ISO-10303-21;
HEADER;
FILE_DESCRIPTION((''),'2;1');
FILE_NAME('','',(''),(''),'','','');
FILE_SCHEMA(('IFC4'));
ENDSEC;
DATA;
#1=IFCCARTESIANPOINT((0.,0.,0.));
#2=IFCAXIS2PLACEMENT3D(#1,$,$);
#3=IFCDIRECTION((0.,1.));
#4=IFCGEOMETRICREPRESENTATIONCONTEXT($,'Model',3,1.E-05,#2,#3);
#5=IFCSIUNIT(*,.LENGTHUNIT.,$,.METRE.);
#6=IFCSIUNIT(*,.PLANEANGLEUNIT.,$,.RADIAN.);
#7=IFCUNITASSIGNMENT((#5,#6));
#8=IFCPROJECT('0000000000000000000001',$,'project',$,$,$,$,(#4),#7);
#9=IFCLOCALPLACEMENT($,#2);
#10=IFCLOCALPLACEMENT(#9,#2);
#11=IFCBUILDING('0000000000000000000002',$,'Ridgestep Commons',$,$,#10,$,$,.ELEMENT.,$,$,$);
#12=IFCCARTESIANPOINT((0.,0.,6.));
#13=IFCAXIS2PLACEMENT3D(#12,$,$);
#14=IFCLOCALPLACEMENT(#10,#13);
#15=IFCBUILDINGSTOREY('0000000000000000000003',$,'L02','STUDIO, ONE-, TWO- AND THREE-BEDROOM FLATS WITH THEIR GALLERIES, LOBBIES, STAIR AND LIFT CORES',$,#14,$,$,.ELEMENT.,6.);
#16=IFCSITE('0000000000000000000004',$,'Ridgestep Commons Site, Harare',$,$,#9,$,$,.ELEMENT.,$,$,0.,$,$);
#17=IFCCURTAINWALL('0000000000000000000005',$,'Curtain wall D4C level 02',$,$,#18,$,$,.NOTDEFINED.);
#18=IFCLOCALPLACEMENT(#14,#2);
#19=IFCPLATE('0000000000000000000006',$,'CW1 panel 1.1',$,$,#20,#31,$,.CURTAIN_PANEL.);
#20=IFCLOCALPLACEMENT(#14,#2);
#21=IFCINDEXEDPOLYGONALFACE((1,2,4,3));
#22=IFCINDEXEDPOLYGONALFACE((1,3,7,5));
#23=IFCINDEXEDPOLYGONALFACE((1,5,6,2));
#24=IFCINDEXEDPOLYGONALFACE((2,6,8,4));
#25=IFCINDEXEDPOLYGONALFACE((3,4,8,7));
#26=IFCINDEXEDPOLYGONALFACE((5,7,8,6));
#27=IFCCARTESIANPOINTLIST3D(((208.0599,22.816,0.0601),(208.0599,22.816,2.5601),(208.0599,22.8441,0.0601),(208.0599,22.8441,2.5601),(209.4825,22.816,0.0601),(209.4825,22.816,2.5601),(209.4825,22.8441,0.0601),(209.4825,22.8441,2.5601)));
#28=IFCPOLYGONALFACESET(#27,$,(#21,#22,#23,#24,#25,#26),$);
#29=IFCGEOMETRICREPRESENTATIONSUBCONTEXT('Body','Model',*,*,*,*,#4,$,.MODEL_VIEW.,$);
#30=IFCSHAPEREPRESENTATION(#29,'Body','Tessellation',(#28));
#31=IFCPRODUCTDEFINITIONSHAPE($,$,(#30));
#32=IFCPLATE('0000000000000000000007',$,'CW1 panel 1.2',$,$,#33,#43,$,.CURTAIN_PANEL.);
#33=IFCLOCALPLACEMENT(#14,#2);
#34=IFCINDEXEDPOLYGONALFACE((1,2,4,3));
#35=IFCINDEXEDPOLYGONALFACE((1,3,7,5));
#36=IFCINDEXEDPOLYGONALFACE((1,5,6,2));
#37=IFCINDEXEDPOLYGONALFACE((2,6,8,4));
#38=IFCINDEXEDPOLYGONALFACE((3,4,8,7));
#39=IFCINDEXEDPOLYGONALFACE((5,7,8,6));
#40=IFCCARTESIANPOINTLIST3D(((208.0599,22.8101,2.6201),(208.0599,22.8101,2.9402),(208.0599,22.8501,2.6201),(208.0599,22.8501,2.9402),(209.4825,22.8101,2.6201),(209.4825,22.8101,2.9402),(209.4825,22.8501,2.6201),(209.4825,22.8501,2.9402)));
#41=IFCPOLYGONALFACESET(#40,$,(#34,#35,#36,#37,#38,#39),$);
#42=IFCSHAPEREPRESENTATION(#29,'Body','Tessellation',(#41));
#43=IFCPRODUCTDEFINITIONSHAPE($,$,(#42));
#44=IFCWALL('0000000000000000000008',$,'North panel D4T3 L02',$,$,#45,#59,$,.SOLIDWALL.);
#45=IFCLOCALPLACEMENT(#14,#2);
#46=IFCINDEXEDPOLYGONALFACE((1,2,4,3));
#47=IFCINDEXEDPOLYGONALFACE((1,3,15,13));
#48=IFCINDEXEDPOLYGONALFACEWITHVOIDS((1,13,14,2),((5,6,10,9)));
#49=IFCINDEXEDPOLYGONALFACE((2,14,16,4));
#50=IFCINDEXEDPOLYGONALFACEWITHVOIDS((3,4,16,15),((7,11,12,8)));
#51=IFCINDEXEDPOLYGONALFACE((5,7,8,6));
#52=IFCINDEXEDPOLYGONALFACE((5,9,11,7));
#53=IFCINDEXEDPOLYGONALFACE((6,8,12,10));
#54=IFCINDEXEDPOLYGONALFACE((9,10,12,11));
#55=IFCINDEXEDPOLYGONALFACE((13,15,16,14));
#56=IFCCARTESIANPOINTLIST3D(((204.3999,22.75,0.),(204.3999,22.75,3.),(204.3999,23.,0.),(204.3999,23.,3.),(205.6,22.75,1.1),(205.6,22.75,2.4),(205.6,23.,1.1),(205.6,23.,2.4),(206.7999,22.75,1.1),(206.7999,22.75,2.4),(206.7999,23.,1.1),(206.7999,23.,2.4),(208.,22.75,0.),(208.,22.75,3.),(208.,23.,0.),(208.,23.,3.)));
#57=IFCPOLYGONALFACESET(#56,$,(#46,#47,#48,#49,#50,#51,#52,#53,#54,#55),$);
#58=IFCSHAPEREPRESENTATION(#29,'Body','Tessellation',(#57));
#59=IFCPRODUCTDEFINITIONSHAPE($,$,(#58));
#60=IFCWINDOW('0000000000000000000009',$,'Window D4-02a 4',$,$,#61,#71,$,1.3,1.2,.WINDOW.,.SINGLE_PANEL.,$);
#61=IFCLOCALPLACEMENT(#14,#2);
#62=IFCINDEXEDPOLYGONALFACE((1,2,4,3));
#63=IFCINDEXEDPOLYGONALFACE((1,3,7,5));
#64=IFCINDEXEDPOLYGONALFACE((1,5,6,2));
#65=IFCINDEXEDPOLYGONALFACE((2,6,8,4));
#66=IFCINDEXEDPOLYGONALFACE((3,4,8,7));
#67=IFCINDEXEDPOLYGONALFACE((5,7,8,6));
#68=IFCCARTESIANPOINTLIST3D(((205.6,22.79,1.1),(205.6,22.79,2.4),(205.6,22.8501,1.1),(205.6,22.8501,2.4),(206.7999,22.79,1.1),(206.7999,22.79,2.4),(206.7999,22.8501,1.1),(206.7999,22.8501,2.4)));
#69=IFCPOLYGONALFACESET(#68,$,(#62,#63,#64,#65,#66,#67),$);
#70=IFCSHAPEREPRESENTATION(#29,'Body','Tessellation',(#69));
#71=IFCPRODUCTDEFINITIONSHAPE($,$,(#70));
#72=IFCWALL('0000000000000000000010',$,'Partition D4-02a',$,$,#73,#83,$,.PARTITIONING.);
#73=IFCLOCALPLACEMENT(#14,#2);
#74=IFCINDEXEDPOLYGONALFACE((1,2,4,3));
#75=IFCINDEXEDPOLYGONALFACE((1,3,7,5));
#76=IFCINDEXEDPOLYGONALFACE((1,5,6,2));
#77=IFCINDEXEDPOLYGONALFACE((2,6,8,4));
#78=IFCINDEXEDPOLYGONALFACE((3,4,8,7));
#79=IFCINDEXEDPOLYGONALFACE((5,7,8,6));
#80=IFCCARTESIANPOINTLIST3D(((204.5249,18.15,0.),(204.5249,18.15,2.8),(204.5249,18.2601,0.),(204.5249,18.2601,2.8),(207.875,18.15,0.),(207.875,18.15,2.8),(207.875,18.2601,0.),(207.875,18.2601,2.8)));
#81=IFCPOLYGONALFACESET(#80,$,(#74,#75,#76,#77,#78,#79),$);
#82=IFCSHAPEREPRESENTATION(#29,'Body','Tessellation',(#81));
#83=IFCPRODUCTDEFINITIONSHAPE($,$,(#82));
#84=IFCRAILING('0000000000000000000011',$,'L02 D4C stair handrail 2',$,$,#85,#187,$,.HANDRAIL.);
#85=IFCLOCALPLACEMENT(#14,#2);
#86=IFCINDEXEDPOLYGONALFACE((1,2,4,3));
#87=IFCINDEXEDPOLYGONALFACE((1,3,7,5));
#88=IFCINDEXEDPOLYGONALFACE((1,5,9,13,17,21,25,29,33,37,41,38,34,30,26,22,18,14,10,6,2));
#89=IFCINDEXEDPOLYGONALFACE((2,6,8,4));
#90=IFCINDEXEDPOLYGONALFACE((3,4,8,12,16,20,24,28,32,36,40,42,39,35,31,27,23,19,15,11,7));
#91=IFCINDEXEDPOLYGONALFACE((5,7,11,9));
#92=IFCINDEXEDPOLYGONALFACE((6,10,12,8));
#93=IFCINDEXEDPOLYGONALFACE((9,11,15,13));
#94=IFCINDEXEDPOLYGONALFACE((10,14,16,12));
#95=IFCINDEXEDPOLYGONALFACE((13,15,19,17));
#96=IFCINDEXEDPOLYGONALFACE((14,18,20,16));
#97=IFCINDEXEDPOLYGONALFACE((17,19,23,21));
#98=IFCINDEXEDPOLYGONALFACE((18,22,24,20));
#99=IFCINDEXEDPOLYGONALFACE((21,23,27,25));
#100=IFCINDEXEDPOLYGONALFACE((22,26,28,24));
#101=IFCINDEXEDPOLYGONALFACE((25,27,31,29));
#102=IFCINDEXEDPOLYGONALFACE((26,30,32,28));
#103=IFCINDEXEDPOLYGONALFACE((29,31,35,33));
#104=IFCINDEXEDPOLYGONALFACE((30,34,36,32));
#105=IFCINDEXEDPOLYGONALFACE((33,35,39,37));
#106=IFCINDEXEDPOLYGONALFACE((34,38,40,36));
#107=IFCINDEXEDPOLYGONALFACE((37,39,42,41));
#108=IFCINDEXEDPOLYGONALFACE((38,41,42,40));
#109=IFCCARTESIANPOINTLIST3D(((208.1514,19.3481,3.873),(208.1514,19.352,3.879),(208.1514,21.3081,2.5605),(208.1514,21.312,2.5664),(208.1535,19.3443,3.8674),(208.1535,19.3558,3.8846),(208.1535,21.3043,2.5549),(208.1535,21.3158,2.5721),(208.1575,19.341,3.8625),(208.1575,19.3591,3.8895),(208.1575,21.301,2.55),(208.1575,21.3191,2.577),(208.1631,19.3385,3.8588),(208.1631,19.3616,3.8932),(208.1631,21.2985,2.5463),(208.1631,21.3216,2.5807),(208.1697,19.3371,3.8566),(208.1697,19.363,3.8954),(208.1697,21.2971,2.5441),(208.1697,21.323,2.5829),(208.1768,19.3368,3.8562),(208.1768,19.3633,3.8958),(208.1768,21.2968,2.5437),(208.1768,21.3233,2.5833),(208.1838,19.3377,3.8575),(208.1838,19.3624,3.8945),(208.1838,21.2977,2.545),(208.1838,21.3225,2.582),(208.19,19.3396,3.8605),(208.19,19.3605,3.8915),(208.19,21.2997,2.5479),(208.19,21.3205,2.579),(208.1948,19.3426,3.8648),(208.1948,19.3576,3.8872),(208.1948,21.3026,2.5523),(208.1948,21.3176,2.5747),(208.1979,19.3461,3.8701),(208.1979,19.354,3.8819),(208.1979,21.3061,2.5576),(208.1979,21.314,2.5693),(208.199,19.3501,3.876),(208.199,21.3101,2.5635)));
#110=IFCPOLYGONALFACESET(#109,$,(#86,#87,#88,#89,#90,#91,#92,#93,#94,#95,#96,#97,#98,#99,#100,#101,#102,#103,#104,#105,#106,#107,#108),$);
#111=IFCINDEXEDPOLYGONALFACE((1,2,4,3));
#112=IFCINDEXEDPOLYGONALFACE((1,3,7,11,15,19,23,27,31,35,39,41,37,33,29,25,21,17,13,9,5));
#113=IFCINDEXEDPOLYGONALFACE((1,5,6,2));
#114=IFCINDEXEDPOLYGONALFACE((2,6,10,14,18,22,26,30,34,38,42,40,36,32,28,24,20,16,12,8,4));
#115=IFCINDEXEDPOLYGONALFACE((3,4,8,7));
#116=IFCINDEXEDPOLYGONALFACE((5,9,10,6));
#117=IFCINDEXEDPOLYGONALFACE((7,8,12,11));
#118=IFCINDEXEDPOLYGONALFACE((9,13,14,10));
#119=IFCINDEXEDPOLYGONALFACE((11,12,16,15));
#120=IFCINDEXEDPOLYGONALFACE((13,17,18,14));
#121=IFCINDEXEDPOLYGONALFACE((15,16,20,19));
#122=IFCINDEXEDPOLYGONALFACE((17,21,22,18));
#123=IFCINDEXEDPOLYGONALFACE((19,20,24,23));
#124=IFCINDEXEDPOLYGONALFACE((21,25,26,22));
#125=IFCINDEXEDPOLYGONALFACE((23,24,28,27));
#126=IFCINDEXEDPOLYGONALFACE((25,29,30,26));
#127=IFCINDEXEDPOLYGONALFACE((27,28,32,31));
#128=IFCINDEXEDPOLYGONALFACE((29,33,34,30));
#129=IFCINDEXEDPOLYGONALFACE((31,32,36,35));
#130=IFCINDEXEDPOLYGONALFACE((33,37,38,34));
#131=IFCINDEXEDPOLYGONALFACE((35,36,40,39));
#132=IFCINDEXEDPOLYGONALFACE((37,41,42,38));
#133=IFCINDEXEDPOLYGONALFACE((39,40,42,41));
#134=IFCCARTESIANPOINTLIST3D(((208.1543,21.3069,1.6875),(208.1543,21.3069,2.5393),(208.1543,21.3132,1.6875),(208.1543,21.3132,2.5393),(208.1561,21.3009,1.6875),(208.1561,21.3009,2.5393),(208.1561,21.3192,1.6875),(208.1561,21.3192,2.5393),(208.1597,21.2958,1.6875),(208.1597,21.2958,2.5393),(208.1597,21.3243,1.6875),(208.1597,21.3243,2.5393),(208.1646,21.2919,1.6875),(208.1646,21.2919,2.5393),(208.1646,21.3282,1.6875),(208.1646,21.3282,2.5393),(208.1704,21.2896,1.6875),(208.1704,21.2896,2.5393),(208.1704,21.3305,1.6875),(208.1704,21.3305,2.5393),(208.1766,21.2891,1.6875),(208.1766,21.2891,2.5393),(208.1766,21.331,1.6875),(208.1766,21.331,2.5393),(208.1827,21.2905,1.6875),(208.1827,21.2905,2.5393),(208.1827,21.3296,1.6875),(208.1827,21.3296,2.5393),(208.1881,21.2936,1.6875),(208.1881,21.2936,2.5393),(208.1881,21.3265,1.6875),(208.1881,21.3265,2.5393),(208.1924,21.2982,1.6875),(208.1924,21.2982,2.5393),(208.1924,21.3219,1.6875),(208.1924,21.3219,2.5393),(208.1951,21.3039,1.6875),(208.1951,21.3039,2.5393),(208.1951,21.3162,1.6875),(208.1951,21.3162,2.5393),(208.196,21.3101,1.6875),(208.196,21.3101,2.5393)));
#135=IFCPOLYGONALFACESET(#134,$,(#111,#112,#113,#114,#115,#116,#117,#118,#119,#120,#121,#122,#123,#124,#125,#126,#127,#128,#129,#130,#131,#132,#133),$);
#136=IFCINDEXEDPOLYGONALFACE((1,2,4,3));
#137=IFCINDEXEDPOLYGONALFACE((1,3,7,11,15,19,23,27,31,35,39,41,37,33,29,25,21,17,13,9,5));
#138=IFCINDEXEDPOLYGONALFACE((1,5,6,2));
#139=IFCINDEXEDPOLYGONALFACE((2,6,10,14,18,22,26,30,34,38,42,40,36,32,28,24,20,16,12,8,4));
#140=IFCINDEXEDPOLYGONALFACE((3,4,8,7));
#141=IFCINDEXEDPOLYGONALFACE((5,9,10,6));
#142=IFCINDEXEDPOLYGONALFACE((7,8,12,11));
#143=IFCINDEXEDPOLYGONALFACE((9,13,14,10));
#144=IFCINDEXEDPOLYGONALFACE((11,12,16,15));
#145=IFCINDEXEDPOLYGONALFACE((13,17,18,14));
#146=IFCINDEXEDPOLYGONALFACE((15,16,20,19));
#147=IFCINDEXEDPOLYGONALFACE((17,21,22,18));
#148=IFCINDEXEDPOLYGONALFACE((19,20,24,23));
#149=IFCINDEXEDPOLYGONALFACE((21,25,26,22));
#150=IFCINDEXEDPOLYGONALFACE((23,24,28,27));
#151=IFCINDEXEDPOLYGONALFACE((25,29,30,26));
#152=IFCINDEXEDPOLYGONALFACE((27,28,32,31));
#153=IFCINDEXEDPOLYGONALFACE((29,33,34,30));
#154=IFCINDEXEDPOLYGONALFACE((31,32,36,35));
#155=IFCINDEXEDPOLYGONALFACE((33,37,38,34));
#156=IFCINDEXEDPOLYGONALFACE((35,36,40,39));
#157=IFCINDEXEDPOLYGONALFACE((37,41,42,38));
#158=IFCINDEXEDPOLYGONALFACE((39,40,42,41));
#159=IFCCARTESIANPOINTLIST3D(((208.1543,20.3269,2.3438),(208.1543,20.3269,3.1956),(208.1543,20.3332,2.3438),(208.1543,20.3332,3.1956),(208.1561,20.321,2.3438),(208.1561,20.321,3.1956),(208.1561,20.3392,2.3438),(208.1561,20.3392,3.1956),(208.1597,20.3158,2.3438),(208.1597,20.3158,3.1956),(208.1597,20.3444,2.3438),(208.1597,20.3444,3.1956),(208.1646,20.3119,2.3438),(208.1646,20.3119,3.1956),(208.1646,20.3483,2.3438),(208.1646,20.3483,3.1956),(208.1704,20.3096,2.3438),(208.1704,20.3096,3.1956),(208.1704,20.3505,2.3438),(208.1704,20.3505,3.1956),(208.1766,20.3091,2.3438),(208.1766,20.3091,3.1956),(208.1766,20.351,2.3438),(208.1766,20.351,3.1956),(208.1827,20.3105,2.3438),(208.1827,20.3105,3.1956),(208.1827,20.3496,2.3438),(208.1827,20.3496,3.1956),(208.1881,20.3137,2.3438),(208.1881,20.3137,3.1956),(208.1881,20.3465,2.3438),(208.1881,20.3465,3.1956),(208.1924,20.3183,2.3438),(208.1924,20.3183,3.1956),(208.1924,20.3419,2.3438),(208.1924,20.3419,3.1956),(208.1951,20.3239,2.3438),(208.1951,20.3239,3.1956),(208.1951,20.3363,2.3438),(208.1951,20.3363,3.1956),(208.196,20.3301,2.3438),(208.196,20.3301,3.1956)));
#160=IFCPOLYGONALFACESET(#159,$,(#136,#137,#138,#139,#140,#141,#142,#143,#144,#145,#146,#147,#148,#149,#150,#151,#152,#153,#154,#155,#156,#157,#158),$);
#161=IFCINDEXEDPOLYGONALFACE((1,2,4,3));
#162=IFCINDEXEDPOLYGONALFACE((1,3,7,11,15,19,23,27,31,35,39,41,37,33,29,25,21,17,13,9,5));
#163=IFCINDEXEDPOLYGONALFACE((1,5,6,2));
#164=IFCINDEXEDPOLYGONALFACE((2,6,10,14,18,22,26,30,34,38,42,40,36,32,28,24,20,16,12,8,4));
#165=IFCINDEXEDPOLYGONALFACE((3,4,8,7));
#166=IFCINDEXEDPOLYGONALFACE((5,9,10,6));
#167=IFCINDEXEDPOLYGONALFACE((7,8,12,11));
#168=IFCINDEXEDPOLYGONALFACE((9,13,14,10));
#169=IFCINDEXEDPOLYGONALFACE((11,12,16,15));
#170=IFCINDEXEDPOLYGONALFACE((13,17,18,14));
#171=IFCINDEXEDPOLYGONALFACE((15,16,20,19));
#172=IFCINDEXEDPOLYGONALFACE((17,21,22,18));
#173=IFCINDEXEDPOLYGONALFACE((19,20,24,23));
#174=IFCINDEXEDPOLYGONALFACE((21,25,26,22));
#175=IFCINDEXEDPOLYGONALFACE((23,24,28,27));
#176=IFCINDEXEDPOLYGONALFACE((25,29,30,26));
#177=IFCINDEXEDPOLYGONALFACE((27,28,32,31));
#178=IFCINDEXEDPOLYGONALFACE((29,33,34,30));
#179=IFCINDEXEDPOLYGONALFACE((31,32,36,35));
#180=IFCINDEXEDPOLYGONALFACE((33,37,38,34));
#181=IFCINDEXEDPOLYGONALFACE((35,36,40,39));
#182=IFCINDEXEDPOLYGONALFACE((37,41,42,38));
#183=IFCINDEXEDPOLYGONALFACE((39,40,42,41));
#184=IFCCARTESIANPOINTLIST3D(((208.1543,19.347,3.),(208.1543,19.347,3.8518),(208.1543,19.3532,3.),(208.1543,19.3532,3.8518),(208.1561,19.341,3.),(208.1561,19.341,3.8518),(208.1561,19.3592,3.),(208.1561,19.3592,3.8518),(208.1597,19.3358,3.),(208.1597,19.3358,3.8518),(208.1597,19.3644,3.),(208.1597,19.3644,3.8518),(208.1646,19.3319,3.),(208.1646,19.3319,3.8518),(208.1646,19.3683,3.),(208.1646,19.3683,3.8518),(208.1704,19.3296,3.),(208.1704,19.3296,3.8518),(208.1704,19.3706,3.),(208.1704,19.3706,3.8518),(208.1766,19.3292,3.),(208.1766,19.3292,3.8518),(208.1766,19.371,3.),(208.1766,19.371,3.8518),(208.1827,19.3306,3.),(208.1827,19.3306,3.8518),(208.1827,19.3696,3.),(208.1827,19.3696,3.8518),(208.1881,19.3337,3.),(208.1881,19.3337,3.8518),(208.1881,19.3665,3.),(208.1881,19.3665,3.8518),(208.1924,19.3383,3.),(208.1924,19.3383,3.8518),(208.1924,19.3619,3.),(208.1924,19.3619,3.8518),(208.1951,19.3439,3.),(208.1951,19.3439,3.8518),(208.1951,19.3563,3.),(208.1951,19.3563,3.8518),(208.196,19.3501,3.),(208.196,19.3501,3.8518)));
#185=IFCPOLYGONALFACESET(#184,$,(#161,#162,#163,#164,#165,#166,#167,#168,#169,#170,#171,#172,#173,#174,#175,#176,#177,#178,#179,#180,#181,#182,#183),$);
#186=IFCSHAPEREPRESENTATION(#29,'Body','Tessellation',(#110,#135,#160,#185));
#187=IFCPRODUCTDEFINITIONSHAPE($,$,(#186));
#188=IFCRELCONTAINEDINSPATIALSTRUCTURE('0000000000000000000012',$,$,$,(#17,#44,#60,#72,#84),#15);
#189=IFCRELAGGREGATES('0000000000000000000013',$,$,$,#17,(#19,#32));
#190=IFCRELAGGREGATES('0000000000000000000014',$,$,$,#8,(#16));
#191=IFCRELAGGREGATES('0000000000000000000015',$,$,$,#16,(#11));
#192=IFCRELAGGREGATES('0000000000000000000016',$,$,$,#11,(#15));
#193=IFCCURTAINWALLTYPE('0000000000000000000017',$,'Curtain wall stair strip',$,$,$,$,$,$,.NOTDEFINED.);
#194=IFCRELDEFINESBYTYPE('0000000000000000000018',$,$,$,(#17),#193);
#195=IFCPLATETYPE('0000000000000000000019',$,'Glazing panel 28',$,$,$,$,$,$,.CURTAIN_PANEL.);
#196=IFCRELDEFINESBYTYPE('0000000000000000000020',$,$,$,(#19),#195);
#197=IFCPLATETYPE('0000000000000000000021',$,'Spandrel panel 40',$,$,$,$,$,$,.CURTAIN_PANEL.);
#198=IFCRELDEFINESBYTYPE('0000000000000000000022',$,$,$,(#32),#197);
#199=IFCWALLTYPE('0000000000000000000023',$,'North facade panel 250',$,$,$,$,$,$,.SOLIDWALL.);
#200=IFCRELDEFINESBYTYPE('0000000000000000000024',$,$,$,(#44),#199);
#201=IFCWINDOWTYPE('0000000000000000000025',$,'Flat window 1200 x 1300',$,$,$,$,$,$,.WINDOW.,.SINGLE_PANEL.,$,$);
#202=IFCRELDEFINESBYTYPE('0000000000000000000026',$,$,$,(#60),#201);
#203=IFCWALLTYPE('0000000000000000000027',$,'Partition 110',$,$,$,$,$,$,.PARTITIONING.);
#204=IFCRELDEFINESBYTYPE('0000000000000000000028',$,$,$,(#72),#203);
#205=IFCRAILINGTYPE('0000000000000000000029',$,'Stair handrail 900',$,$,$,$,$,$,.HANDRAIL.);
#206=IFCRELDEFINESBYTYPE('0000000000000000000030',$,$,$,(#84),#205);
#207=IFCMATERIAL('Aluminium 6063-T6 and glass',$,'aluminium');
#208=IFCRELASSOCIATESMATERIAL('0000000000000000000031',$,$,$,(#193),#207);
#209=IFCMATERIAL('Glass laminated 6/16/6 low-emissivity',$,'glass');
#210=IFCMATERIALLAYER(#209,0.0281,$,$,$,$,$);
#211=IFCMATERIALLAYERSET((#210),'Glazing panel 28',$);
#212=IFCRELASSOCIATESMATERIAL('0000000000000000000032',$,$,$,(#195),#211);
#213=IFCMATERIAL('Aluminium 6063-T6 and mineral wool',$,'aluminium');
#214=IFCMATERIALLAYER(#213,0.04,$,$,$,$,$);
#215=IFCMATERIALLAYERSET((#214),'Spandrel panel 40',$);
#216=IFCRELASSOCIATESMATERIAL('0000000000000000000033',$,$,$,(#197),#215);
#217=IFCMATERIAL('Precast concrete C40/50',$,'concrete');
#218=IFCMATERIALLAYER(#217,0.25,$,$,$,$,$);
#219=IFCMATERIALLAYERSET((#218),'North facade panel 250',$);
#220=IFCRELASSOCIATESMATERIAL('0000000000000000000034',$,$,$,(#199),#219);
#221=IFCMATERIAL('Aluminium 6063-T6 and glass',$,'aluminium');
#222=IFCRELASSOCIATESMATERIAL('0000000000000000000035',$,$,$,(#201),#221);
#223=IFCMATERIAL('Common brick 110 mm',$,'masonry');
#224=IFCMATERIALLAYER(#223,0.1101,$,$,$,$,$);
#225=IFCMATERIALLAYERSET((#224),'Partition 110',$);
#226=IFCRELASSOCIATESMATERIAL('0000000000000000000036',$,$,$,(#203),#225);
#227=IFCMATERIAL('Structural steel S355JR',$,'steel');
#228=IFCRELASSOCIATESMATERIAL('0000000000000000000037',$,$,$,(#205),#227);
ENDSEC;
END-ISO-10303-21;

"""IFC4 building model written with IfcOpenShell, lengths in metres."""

from ifc_helpers import new_model, si_unit, direction, frame, frame_2d, origin, origin_2d, place, context, subcontext, project, spatial, rectangle, circle, extrude, material, layer, layer_set, type_object, element, fill, aggregate, save


model = new_model("IFC4")

# Units and contexts
model_context = context("Model", 3, precision=1e-05, world=origin(), true_north=direction((0.0, 1.0)))
body_context = subcontext(model_context, "Body", "Model", "MODEL_VIEW")
ifc_project = project(units=[si_unit("LENGTHUNIT", "METRE"), si_unit("PLANEANGLEUNIT", "RADIAN")], contexts=[model_context])

# Site, building, storey
site_placement = place(None, origin())
site = spatial("IfcSite", under=ifc_project, at=site_placement, Name="Ridgestep Commons Site, Harare", CompositionType="ELEMENT", RefElevation=0.0)
building_placement = place(site_placement, origin())
building = spatial("IfcBuilding", under=site, at=building_placement, Name="Ridgestep Commons", CompositionType="ELEMENT")
storey_placement = place(building_placement, frame((0.0, 0.0, 6.0)))
storey = spatial("IfcBuildingStorey", under=building, at=storey_placement, Name="L02", Description="STUDIO, ONE-, TWO- AND THREE-BEDROOM FLATS WITH THEIR GALLERIES, LOBBIES, STAIR AND LIFT CORES", CompositionType="ELEMENT", Elevation=6.0)

# Curtain wall
ifc_material_1 = material(Name="Aluminium 6063-T6 and glass", Category="aluminium")
curtain_wall_type = type_object("IfcCurtainWallType", Name="Curtain wall stair strip", PredefinedType="NOTDEFINED", material=ifc_material_1)
curtain_wall_placement = place(storey_placement, origin())
curtain_wall = element("IfcCurtainWall", 1, at=curtain_wall_placement, inside=storey, type_object=curtain_wall_type, Name="Curtain wall D4C level 02", PredefinedType="NOTDEFINED")

# Plates
ifc_material_2 = material(Name="Glass laminated 6/16/6 low-emissivity", Category="glass")
ifc_layer_1 = layer(ifc_material_2, 0.0281)
ifc_layer_set_1 = layer_set([ifc_layer_1], Name="Glazing panel 28")
plate_type_1 = type_object("IfcPlateType", Name="Glazing panel 28", PredefinedType="CURTAIN_PANEL", material=ifc_layer_set_1)
plate_1_placement = place(storey_placement, frame((208.7712, 22.8301, 0.0601), z_axis=(0.0, 0.0, 1.0), x_axis=(1.0, 0.0, 0.0)))
plate_1 = element("IfcPlate", 2, at=plate_1_placement, type_object=plate_type_1, Name="CW1 panel 1.1", PredefinedType="CURTAIN_PANEL", context=body_context, shape_type="SweptSolid", body=[
    extrude(rectangle(XDim=1.4226, YDim=0.0281, at=origin_2d()), origin(), (0.0, 0.0, 1.0), 2.5),
])
ifc_material_3 = material(Name="Aluminium 6063-T6 and mineral wool", Category="aluminium")
ifc_layer_2 = layer(ifc_material_3, 0.04)
ifc_layer_set_2 = layer_set([ifc_layer_2], Name="Spandrel panel 40")
plate_type_2 = type_object("IfcPlateType", Name="Spandrel panel 40", PredefinedType="CURTAIN_PANEL", material=ifc_layer_set_2)
plate_2_placement = place(storey_placement, frame((208.7712, 22.8301, 2.6201), z_axis=(0.0, 0.0, 1.0), x_axis=(1.0, 0.0, 0.0)))
plate_2 = element("IfcPlate", 3, at=plate_2_placement, type_object=plate_type_2, Name="CW1 panel 1.2", PredefinedType="CURTAIN_PANEL", context=body_context, shape_type="SweptSolid", body=[
    extrude(rectangle(XDim=1.4226, YDim=0.04, at=origin_2d()), origin(), (0.0, 0.0, 1.0), 0.3201),
])
aggregate(curtain_wall, [plate_1, plate_2])

# Wall, opening, window
ifc_material_4 = material(Name="Precast concrete C40/50", Category="concrete")
ifc_layer_3 = layer(ifc_material_4, 0.25)
ifc_layer_set_3 = layer_set([ifc_layer_3], Name="North facade panel 250")
wall_type_1 = type_object("IfcWallType", Name="North facade panel 250", PredefinedType="SOLIDWALL", material=ifc_layer_set_3)
wall_1_placement = place(storey_placement, frame((204.3999, 22.875, 0.0), z_axis=(0.0, 0.0, 1.0), x_axis=(1.0, 0.0, 0.0)))
wall_1 = element("IfcWall", 4, at=wall_1_placement, inside=storey, type_object=wall_type_1, Name="North panel D4T3 L02", PredefinedType="SOLIDWALL", context=body_context, shape_type="SweptSolid", body=[
    extrude(rectangle(XDim=3.6001, YDim=0.25, at=frame_2d((1.8, 0.0))), origin(), (0.0, 0.0, 1.0), 3.0),
])
opening_placement = place(wall_1_placement, frame((1.2, 0.0, 1.1001)))
opening = element("IfcOpeningElement", 5, at=opening_placement, cuts=wall_1, PredefinedType="OPENING", context=body_context, shape_type="SweptSolid", body=[
    extrude(rectangle(XDim=1.2, YDim=1.3, at=frame_2d((0.6001, 0.6499))), frame((0.0, 0.135, 0.0), z_axis=(0.0, -1.0, 0.0), x_axis=(1.0, 0.0, 0.0)), (0.0, 0.0, 1.0), 0.27),
])
ifc_material_5 = material(Name="Aluminium 6063-T6 and glass", Category="aluminium")
window_type = type_object("IfcWindowType", Name="Flat window 1200 x 1300", PartitioningType="SINGLE_PANEL", PredefinedType="WINDOW", material=ifc_material_5)
window_placement = place(opening_placement, origin())
window = element("IfcWindow", 6, at=window_placement, inside=storey, type_object=window_type, Name="Window D4-02a 4", OverallHeight=1.3, OverallWidth=1.2, PartitioningType="SINGLE_PANEL", PredefinedType="WINDOW", context=body_context, shape_type="SweptSolid", body=[
    extrude(rectangle(XDim=1.2, YDim=1.3, at=frame_2d((0.6001, 0.6499))), frame((0.0, -0.0249, 0.0), z_axis=(0.0, -1.0, 0.0), x_axis=(1.0, 0.0, 0.0)), (0.0, 0.0, 1.0), 0.0601),
])
fill(opening, window)

# Wall
ifc_material_6 = material(Name="Common brick 110 mm", Category="masonry")
ifc_layer_4 = layer(ifc_material_6, 0.1101)
ifc_layer_set_4 = layer_set([ifc_layer_4], Name="Partition 110")
wall_type_2 = type_object("IfcWallType", Name="Partition 110", PredefinedType="PARTITIONING", material=ifc_layer_set_4)
wall_2_placement = place(storey_placement, frame((204.5249, 18.2051, 0.0), z_axis=(0.0, 0.0, 1.0), x_axis=(1.0, 0.0, 0.0)))
element("IfcWall", 7, at=wall_2_placement, inside=storey, type_object=wall_type_2, Name="Partition D4-02a", PredefinedType="PARTITIONING", context=body_context, shape_type="SweptSolid", body=[
    extrude(rectangle(XDim=3.3501, YDim=0.1101, at=frame_2d((1.675, 0.0))), origin(), (0.0, 0.0, 1.0), 2.8),
])

# Railing
ifc_material_7 = material(Name="Structural steel S355JR", Category="steel")
railing_type = type_object("IfcRailingType", Name="Stair handrail 900", PredefinedType="HANDRAIL", material=ifc_material_7)
railing_placement = place(storey_placement, frame((208.175, 21.3101, 1.6875)))
element("IfcRailing", 8, at=railing_placement, inside=storey, type_object=railing_type, Name="L02 D4C stair handrail 2", PredefinedType="HANDRAIL", context=body_context, shape_type="SweptSolid", body=[
    extrude(circle(Radius=0.0239, at=origin_2d()), frame((0.0, 0.0, 0.876), z_axis=(0.0, -0.830902, 0.556419), x_axis=(1.0, 0.0, 0.0)), (0.0, 0.0, 1.0), 2.3589),
    extrude(circle(Radius=0.021, at=origin_2d()), origin(), (0.0, 0.0, 1.0), 0.8518),
    extrude(circle(Radius=0.021, at=origin_2d()), frame((0.0, -0.98, 0.6562)), (0.0, 0.0, 1.0), 0.8518),
    extrude(circle(Radius=0.021, at=origin_2d()), frame((0.0, -1.96, 1.3125)), (0.0, 0.0, 1.0), 0.8518),
])

save(model, "model.ifc")
